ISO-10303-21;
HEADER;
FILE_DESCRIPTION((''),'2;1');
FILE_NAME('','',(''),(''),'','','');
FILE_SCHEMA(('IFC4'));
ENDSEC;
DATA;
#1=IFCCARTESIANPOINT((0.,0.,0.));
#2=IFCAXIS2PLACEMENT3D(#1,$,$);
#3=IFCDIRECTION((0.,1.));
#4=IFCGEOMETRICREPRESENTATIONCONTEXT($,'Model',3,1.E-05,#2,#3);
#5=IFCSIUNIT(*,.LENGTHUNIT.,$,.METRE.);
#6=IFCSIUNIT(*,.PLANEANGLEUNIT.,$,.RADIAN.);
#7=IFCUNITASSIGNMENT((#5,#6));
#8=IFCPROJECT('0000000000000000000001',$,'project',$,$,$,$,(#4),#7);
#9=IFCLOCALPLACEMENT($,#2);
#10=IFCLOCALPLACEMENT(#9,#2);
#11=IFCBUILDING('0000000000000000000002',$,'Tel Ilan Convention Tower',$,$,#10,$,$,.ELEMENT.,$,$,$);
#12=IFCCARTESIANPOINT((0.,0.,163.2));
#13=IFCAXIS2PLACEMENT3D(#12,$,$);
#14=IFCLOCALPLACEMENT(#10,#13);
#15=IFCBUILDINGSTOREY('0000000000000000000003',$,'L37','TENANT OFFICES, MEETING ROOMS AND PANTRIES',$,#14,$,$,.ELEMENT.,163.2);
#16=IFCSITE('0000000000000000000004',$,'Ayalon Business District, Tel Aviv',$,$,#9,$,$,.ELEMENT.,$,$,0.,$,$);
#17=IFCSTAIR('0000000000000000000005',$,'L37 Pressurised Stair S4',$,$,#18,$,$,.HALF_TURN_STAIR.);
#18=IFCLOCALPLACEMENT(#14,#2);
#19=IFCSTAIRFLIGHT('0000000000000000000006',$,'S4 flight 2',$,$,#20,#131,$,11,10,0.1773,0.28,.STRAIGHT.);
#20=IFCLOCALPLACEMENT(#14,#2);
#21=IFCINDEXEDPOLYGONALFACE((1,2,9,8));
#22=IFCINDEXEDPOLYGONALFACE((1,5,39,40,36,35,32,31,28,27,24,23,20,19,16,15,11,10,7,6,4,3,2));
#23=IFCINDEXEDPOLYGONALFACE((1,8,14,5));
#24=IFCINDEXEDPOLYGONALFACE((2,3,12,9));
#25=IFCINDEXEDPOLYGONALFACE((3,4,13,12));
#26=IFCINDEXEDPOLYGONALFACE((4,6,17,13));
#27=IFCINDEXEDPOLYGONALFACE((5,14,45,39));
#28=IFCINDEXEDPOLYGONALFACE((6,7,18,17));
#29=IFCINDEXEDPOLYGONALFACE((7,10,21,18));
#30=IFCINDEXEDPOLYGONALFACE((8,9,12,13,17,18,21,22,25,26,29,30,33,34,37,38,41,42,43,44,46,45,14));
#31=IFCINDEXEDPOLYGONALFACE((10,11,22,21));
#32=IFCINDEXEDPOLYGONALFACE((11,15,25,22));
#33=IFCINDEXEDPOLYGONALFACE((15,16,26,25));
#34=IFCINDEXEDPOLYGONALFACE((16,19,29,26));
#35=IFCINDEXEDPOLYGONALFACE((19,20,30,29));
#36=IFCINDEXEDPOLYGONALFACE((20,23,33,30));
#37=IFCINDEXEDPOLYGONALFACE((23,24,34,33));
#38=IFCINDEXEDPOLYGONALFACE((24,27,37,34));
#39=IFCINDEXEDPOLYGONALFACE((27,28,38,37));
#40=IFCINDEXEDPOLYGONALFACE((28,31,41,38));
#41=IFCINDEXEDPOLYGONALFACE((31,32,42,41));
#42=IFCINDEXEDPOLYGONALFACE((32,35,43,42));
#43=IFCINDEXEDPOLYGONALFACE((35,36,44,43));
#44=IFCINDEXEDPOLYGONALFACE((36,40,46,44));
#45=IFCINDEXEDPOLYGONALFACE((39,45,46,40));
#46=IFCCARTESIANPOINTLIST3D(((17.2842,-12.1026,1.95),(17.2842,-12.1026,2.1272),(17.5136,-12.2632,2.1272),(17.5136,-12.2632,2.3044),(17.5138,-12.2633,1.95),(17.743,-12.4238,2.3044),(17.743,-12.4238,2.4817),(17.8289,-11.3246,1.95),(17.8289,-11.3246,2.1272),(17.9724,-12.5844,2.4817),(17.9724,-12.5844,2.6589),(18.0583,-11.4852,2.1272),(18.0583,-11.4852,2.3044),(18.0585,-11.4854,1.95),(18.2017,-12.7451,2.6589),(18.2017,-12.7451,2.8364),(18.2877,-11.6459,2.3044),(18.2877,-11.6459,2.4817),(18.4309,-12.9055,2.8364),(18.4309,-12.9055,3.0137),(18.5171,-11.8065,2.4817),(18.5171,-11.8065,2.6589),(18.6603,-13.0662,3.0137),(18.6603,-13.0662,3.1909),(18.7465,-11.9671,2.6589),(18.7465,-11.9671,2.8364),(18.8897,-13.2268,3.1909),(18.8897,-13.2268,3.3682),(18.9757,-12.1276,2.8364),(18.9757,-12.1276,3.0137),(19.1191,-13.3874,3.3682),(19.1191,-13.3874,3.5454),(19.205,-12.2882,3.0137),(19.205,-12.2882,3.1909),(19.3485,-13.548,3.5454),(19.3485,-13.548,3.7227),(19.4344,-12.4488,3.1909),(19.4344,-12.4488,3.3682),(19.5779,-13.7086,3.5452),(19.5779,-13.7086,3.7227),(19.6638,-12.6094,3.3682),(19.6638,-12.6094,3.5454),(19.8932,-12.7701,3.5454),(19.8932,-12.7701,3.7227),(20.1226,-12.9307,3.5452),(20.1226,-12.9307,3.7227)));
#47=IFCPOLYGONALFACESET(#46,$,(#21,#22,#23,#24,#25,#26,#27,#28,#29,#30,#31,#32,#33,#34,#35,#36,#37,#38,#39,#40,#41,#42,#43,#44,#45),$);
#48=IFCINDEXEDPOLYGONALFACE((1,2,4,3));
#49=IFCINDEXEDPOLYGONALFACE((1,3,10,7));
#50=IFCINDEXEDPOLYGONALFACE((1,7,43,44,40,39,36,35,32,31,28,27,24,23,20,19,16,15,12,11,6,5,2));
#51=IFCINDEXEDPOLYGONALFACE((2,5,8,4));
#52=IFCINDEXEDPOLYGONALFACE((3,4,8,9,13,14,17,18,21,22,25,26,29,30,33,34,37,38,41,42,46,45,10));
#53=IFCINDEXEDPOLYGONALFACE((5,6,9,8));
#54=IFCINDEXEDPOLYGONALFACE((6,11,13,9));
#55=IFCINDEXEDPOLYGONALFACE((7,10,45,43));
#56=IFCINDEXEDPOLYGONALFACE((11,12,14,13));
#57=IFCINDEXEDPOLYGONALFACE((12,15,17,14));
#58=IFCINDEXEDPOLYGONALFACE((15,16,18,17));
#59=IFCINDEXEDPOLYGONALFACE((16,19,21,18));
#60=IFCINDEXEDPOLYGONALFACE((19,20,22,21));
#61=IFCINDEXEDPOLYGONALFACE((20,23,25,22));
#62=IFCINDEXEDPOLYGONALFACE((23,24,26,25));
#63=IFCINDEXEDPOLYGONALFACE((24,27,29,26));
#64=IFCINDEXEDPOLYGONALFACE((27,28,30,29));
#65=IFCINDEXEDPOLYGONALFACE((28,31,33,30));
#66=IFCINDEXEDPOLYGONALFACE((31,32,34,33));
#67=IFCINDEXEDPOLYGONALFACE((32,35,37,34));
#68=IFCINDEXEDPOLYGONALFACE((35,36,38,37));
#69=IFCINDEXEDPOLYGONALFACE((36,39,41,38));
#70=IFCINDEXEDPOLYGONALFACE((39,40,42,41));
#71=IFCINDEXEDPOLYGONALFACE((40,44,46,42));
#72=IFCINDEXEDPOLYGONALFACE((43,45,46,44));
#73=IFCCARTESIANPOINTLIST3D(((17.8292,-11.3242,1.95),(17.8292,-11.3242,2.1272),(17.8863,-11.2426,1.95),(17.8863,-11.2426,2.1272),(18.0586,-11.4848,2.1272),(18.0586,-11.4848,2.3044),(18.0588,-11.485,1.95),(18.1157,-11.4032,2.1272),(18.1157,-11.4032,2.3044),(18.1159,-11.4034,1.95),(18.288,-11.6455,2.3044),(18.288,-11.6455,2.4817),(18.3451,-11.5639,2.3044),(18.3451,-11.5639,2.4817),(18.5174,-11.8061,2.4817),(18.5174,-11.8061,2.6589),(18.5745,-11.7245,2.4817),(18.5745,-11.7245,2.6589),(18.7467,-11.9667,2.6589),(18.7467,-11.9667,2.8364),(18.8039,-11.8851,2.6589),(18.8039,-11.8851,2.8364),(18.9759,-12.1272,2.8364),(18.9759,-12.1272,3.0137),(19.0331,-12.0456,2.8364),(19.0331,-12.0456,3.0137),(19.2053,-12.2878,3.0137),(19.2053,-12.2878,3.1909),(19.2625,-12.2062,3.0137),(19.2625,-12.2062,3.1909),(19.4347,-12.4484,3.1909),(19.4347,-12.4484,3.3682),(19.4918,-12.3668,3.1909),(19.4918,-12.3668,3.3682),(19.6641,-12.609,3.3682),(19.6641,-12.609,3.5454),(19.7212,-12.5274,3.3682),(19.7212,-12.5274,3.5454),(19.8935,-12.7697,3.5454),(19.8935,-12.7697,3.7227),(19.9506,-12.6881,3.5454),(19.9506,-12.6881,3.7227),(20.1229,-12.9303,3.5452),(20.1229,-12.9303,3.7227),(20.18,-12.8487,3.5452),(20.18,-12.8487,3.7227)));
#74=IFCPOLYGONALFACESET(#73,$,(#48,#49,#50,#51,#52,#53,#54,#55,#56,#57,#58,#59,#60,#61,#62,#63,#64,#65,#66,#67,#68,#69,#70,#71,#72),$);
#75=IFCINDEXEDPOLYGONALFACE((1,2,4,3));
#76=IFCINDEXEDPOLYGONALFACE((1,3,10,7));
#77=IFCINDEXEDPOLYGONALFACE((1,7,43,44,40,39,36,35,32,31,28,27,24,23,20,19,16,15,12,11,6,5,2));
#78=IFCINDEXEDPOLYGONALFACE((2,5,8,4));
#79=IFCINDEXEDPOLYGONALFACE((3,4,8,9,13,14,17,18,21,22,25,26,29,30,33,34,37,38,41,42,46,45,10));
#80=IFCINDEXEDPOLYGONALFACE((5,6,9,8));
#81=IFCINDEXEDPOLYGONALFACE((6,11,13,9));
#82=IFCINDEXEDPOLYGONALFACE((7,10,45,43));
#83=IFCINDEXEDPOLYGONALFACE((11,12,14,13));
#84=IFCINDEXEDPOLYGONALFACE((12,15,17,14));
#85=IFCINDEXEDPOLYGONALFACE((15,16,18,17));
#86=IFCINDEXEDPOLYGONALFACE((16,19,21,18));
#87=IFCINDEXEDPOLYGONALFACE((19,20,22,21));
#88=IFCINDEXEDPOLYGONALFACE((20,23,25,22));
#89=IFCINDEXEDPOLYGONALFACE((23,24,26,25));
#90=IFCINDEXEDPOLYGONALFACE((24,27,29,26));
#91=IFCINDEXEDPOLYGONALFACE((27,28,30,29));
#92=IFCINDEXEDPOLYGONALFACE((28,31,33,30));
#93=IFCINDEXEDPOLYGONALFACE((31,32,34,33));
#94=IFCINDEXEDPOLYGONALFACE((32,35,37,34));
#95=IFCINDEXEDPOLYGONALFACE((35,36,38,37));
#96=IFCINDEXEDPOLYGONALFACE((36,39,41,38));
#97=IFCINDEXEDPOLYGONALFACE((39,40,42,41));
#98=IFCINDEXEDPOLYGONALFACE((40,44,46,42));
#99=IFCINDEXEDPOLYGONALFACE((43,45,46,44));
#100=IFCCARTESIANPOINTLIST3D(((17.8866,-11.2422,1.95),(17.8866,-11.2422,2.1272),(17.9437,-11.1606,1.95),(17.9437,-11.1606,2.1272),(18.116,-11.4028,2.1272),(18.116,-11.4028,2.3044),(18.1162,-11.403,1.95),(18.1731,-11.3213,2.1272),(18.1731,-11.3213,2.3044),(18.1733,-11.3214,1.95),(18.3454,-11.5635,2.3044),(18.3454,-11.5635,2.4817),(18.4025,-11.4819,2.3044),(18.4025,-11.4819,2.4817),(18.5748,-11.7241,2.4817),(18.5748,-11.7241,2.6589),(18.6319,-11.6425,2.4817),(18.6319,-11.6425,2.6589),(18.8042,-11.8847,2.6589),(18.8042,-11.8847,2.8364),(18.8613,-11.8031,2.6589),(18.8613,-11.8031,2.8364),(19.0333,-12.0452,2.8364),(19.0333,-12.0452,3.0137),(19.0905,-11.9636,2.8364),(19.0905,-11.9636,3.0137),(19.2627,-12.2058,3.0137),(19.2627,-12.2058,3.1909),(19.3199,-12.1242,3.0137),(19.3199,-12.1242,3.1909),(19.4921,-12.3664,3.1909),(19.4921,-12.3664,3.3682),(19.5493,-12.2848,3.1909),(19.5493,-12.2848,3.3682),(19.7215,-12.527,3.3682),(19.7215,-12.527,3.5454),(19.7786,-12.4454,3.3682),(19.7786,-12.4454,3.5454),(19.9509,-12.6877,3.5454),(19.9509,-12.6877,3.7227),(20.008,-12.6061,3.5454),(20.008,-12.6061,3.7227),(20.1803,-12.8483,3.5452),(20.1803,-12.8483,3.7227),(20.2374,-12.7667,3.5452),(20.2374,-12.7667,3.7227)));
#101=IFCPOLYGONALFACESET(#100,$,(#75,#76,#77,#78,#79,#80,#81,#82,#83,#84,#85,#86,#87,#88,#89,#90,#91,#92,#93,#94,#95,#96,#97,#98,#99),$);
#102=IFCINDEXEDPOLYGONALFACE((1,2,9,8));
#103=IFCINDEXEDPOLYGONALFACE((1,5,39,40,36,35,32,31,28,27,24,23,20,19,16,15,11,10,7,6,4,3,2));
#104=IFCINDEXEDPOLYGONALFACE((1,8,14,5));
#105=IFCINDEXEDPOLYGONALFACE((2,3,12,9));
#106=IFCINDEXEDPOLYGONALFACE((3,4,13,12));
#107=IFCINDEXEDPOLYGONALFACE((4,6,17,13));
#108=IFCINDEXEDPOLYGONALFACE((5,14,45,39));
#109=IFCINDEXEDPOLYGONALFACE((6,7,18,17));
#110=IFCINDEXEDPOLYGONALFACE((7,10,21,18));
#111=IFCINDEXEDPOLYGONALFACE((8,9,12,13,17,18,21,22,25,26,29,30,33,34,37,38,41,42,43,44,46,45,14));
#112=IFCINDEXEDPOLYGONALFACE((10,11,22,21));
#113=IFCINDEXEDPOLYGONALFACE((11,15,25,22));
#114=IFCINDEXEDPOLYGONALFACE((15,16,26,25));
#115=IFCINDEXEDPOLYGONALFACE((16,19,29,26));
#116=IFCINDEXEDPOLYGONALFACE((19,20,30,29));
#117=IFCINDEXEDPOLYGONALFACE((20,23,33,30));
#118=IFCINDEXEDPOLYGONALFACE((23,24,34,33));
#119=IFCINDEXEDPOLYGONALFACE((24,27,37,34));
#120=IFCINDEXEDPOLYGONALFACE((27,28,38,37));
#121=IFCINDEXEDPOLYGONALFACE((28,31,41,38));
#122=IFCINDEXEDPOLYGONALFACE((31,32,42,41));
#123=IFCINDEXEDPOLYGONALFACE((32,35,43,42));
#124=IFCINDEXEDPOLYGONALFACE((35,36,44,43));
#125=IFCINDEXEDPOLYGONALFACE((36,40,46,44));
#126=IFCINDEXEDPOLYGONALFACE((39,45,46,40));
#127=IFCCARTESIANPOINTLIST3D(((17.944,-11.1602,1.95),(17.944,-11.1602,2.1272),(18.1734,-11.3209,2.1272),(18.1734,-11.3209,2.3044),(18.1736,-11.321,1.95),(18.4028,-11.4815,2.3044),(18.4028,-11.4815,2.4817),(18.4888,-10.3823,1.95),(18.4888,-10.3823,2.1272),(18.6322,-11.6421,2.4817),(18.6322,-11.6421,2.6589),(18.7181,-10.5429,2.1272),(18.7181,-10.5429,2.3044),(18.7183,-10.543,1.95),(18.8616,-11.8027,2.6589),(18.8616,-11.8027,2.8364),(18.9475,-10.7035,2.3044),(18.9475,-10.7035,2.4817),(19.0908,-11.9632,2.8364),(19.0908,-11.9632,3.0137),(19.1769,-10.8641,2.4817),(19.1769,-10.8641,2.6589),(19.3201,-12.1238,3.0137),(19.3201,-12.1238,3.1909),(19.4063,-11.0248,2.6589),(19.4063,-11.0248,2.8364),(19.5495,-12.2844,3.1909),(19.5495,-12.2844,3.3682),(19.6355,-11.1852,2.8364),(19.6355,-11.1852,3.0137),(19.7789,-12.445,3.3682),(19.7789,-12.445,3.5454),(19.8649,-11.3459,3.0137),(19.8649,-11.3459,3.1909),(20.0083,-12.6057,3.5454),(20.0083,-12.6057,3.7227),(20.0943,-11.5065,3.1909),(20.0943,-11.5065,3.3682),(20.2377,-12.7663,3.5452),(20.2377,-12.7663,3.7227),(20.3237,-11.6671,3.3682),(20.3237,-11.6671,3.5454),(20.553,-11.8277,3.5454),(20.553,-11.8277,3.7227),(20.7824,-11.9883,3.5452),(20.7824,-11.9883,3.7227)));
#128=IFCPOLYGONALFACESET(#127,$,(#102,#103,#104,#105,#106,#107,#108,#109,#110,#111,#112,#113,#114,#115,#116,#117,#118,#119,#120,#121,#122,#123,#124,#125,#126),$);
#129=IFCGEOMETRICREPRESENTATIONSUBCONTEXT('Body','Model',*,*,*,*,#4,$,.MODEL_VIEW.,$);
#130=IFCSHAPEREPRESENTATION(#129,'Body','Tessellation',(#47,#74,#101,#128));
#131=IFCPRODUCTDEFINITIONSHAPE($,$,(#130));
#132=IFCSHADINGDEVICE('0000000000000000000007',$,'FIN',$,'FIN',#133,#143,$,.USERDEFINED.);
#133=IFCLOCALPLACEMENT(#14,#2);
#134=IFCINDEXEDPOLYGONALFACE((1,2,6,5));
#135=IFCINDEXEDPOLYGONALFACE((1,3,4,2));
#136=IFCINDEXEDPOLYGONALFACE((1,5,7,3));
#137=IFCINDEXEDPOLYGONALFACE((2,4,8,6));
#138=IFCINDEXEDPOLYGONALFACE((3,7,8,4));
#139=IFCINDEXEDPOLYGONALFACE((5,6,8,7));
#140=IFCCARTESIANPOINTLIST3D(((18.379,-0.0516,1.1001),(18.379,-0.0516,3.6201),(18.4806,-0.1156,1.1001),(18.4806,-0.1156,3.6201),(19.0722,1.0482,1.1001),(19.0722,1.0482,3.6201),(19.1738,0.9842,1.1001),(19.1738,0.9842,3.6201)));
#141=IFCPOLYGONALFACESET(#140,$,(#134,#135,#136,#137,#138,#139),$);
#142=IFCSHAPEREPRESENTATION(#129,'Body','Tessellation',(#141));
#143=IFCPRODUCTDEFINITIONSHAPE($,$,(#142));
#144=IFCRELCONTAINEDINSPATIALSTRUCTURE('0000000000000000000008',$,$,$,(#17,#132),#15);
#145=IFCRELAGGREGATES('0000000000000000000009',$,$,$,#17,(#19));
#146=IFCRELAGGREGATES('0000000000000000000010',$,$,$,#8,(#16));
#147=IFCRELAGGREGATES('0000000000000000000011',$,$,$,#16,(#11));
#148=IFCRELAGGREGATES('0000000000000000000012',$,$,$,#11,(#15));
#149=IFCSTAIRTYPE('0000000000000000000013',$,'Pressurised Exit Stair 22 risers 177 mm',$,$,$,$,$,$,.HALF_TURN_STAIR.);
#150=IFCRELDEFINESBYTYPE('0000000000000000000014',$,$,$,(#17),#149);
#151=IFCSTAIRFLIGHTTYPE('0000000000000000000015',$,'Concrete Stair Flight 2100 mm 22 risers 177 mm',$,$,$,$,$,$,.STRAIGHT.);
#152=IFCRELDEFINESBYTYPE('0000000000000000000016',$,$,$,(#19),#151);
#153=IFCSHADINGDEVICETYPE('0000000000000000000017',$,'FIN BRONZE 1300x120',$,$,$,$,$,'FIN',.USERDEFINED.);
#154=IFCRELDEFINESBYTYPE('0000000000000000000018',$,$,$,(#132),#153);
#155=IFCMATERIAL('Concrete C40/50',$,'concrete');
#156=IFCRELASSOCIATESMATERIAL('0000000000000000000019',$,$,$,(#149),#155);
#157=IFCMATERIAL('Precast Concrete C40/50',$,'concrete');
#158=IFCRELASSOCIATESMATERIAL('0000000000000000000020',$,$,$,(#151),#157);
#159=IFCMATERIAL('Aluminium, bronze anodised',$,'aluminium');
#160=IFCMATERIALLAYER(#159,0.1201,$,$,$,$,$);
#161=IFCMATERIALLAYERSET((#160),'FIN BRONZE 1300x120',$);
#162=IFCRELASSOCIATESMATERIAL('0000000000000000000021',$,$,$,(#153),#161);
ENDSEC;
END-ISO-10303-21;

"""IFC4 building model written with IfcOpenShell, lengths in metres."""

from ifc_helpers import new_model, si_unit, direction, frame, origin, origin_2d, place, context, subcontext, project, spatial, polyline, rectangle, outline, extrude, material, layer, layer_set, type_object, element, aggregate, save


model = new_model("IFC4")

# Units and contexts
model_context = context("Model", 3, precision=1e-05, world=origin(), true_north=direction((0.0, 1.0)))
body_context = subcontext(model_context, "Body", "Model", "MODEL_VIEW")
ifc_project = project(units=[si_unit("LENGTHUNIT", "METRE"), si_unit("PLANEANGLEUNIT", "RADIAN")], contexts=[model_context])

# Site, building, storey
site_placement = place(None, origin())
site = spatial("IfcSite", under=ifc_project, at=site_placement, Name="Ayalon Business District, Tel Aviv", CompositionType="ELEMENT", RefElevation=0.0)
building_placement = place(site_placement, origin())
building = spatial("IfcBuilding", under=site, at=building_placement, Name="Tel Ilan Convention Tower", CompositionType="ELEMENT")
storey_placement = place(building_placement, frame((0.0, 0.0, 163.2)))
storey = spatial("IfcBuildingStorey", under=building, at=storey_placement, Name="L37", Description="TENANT OFFICES, MEETING ROOMS AND PANTRIES", CompositionType="ELEMENT", Elevation=163.2)

# Shared definitions
ifc_material_1 = material(Name="Concrete C40/50", Category="concrete")
stair_type = type_object("IfcStairType", Name="Pressurised Exit Stair 22 risers 177 mm", PredefinedType="HALF_TURN_STAIR", material=ifc_material_1)
ifc_material_2 = material(Name="Precast Concrete C40/50", Category="concrete")
stair_flight_type = type_object("IfcStairFlightType", Name="Concrete Stair Flight 2100 mm 22 risers 177 mm", PredefinedType="STRAIGHT", material=ifc_material_2)

# Stair, stair flight
stair_1_placement = place(storey_placement, origin())
stair_1 = element("IfcStair", 1, at=stair_1_placement, inside=storey, type_object=stair_type, Name="L37 Pressurised Stair S4", PredefinedType="HALF_TURN_STAIR")
stair_flight_1_placement = place(storey_placement, frame((17.8865, -11.2424, 1.95), z_axis=(0.0, 0.0, 1.0), x_axis=(0.819152, -0.573576, 0.0)))
stair_flight_1 = element("IfcStairFlight", 2, at=stair_flight_1_placement, type_object=stair_flight_type, Name="S4 flight 2", NumberOfRisers=11, NumberOfTreads=10, PredefinedType="STRAIGHT", RiserHeight=0.1773, TreadLength=0.28, context=body_context, shape_type="SweptSolid", body=[
    extrude(outline(polyline([(0.0, 0.0), (0.0, 0.1772), (0.28, 0.1772), (0.28, 0.3545), (0.5601, 0.3545), (0.5601, 0.5317), (0.8401, 0.5317), (0.8401, 0.709), (1.1201, 0.709), (1.1201, 0.8865), (1.3999, 0.8865), (1.3999, 1.0637), (1.6799, 1.0637), (1.6799, 1.241), (1.96, 1.241), (1.96, 1.4182), (2.24, 1.4182), (2.24, 1.5955), (2.52, 1.5955), (2.52, 1.7727), (2.8, 1.7727), (2.8, 1.95), (2.8, 1.5952), (0.2803, 0.0), (0.0, 0.0)])), frame((0.0, -0.1003, 0.0), z_axis=(0.0, -1.0, 0.0), x_axis=(1.0, 0.0, 0.0)), (0.0, 0.0, 1.0), 0.9497),
    extrude(outline(polyline([(0.0, 0.0), (0.0, 0.1772), (0.28, 0.1772), (0.28, 0.3545), (0.5601, 0.3545), (0.5601, 0.5317), (0.8401, 0.5317), (0.8401, 0.709), (1.1201, 0.709), (1.1201, 0.8865), (1.3999, 0.8865), (1.3999, 1.0637), (1.6799, 1.0637), (1.6799, 1.241), (1.96, 1.241), (1.96, 1.4182), (2.24, 1.4182), (2.24, 1.5955), (2.52, 1.5955), (2.52, 1.7727), (2.8, 1.7727), (2.8, 1.95), (2.8, 1.5952), (0.2803, 0.0), (0.0, 0.0)])), frame((0.0, -0.0002, 0.0), z_axis=(0.0, -1.0, 0.0), x_axis=(1.0, 0.0, 0.0)), (0.0, 0.0, 1.0), 0.0996),
    extrude(outline(polyline([(0.0, 0.0), (0.0, 0.1772), (0.28, 0.1772), (0.28, 0.3545), (0.5601, 0.3545), (0.5601, 0.5317), (0.8401, 0.5317), (0.8401, 0.709), (1.1201, 0.709), (1.1201, 0.8865), (1.3999, 0.8865), (1.3999, 1.0637), (1.6799, 1.0637), (1.6799, 1.241), (1.96, 1.241), (1.96, 1.4182), (2.24, 1.4182), (2.24, 1.5955), (2.52, 1.5955), (2.52, 1.7727), (2.8, 1.7727), (2.8, 1.95), (2.8, 1.5952), (0.2803, 0.0), (0.0, 0.0)])), frame((0.0, 0.0999, 0.0), z_axis=(0.0, -1.0, 0.0), x_axis=(1.0, 0.0, 0.0)), (0.0, 0.0, 1.0), 0.0996),
    extrude(outline(polyline([(0.0, 0.0), (0.0, 0.1772), (0.28, 0.1772), (0.28, 0.3545), (0.5601, 0.3545), (0.5601, 0.5317), (0.8401, 0.5317), (0.8401, 0.709), (1.1201, 0.709), (1.1201, 0.8865), (1.3999, 0.8865), (1.3999, 1.0637), (1.6799, 1.0637), (1.6799, 1.241), (1.96, 1.241), (1.96, 1.4182), (2.24, 1.4182), (2.24, 1.5955), (2.52, 1.5955), (2.52, 1.7727), (2.8, 1.7727), (2.8, 1.95), (2.8, 1.5952), (0.2803, 0.0), (0.0, 0.0)])), frame((0.0, 1.05, 0.0), z_axis=(0.0, -1.0, 0.0), x_axis=(1.0, 0.0, 0.0)), (0.0, 0.0, 1.0), 0.9497),
])
aggregate(stair_1, [stair_flight_1])

# Shading device
ifc_material_3 = material(Name="Aluminium, bronze anodised", Category="aluminium")
ifc_layer_1 = layer(ifc_material_3, 0.1201)
ifc_layer_set_1 = layer_set([ifc_layer_1], Name="FIN BRONZE 1300x120")
shading_device_type = type_object("IfcShadingDeviceType", Name="FIN BRONZE 1300x120", ElementType="FIN", PredefinedType="USERDEFINED", material=ifc_layer_set_1)
shading_device_placement = place(storey_placement, frame((18.7764, 0.4663, 1.1001), z_axis=(0.0, 0.0, 1.0), x_axis=(0.533204, 0.845986, 0.0)))
element("IfcShadingDevice", 3, at=shading_device_placement, inside=storey, type_object=shading_device_type, Name="FIN", ObjectType="FIN", PredefinedType="USERDEFINED", context=body_context, shape_type="SweptSolid", body=[
    extrude(rectangle(XDim=1.3, YDim=0.1201, at=origin_2d()), origin(), (0.0, 0.0, 1.0), 2.52),
])

save(model, "model.ifc")
